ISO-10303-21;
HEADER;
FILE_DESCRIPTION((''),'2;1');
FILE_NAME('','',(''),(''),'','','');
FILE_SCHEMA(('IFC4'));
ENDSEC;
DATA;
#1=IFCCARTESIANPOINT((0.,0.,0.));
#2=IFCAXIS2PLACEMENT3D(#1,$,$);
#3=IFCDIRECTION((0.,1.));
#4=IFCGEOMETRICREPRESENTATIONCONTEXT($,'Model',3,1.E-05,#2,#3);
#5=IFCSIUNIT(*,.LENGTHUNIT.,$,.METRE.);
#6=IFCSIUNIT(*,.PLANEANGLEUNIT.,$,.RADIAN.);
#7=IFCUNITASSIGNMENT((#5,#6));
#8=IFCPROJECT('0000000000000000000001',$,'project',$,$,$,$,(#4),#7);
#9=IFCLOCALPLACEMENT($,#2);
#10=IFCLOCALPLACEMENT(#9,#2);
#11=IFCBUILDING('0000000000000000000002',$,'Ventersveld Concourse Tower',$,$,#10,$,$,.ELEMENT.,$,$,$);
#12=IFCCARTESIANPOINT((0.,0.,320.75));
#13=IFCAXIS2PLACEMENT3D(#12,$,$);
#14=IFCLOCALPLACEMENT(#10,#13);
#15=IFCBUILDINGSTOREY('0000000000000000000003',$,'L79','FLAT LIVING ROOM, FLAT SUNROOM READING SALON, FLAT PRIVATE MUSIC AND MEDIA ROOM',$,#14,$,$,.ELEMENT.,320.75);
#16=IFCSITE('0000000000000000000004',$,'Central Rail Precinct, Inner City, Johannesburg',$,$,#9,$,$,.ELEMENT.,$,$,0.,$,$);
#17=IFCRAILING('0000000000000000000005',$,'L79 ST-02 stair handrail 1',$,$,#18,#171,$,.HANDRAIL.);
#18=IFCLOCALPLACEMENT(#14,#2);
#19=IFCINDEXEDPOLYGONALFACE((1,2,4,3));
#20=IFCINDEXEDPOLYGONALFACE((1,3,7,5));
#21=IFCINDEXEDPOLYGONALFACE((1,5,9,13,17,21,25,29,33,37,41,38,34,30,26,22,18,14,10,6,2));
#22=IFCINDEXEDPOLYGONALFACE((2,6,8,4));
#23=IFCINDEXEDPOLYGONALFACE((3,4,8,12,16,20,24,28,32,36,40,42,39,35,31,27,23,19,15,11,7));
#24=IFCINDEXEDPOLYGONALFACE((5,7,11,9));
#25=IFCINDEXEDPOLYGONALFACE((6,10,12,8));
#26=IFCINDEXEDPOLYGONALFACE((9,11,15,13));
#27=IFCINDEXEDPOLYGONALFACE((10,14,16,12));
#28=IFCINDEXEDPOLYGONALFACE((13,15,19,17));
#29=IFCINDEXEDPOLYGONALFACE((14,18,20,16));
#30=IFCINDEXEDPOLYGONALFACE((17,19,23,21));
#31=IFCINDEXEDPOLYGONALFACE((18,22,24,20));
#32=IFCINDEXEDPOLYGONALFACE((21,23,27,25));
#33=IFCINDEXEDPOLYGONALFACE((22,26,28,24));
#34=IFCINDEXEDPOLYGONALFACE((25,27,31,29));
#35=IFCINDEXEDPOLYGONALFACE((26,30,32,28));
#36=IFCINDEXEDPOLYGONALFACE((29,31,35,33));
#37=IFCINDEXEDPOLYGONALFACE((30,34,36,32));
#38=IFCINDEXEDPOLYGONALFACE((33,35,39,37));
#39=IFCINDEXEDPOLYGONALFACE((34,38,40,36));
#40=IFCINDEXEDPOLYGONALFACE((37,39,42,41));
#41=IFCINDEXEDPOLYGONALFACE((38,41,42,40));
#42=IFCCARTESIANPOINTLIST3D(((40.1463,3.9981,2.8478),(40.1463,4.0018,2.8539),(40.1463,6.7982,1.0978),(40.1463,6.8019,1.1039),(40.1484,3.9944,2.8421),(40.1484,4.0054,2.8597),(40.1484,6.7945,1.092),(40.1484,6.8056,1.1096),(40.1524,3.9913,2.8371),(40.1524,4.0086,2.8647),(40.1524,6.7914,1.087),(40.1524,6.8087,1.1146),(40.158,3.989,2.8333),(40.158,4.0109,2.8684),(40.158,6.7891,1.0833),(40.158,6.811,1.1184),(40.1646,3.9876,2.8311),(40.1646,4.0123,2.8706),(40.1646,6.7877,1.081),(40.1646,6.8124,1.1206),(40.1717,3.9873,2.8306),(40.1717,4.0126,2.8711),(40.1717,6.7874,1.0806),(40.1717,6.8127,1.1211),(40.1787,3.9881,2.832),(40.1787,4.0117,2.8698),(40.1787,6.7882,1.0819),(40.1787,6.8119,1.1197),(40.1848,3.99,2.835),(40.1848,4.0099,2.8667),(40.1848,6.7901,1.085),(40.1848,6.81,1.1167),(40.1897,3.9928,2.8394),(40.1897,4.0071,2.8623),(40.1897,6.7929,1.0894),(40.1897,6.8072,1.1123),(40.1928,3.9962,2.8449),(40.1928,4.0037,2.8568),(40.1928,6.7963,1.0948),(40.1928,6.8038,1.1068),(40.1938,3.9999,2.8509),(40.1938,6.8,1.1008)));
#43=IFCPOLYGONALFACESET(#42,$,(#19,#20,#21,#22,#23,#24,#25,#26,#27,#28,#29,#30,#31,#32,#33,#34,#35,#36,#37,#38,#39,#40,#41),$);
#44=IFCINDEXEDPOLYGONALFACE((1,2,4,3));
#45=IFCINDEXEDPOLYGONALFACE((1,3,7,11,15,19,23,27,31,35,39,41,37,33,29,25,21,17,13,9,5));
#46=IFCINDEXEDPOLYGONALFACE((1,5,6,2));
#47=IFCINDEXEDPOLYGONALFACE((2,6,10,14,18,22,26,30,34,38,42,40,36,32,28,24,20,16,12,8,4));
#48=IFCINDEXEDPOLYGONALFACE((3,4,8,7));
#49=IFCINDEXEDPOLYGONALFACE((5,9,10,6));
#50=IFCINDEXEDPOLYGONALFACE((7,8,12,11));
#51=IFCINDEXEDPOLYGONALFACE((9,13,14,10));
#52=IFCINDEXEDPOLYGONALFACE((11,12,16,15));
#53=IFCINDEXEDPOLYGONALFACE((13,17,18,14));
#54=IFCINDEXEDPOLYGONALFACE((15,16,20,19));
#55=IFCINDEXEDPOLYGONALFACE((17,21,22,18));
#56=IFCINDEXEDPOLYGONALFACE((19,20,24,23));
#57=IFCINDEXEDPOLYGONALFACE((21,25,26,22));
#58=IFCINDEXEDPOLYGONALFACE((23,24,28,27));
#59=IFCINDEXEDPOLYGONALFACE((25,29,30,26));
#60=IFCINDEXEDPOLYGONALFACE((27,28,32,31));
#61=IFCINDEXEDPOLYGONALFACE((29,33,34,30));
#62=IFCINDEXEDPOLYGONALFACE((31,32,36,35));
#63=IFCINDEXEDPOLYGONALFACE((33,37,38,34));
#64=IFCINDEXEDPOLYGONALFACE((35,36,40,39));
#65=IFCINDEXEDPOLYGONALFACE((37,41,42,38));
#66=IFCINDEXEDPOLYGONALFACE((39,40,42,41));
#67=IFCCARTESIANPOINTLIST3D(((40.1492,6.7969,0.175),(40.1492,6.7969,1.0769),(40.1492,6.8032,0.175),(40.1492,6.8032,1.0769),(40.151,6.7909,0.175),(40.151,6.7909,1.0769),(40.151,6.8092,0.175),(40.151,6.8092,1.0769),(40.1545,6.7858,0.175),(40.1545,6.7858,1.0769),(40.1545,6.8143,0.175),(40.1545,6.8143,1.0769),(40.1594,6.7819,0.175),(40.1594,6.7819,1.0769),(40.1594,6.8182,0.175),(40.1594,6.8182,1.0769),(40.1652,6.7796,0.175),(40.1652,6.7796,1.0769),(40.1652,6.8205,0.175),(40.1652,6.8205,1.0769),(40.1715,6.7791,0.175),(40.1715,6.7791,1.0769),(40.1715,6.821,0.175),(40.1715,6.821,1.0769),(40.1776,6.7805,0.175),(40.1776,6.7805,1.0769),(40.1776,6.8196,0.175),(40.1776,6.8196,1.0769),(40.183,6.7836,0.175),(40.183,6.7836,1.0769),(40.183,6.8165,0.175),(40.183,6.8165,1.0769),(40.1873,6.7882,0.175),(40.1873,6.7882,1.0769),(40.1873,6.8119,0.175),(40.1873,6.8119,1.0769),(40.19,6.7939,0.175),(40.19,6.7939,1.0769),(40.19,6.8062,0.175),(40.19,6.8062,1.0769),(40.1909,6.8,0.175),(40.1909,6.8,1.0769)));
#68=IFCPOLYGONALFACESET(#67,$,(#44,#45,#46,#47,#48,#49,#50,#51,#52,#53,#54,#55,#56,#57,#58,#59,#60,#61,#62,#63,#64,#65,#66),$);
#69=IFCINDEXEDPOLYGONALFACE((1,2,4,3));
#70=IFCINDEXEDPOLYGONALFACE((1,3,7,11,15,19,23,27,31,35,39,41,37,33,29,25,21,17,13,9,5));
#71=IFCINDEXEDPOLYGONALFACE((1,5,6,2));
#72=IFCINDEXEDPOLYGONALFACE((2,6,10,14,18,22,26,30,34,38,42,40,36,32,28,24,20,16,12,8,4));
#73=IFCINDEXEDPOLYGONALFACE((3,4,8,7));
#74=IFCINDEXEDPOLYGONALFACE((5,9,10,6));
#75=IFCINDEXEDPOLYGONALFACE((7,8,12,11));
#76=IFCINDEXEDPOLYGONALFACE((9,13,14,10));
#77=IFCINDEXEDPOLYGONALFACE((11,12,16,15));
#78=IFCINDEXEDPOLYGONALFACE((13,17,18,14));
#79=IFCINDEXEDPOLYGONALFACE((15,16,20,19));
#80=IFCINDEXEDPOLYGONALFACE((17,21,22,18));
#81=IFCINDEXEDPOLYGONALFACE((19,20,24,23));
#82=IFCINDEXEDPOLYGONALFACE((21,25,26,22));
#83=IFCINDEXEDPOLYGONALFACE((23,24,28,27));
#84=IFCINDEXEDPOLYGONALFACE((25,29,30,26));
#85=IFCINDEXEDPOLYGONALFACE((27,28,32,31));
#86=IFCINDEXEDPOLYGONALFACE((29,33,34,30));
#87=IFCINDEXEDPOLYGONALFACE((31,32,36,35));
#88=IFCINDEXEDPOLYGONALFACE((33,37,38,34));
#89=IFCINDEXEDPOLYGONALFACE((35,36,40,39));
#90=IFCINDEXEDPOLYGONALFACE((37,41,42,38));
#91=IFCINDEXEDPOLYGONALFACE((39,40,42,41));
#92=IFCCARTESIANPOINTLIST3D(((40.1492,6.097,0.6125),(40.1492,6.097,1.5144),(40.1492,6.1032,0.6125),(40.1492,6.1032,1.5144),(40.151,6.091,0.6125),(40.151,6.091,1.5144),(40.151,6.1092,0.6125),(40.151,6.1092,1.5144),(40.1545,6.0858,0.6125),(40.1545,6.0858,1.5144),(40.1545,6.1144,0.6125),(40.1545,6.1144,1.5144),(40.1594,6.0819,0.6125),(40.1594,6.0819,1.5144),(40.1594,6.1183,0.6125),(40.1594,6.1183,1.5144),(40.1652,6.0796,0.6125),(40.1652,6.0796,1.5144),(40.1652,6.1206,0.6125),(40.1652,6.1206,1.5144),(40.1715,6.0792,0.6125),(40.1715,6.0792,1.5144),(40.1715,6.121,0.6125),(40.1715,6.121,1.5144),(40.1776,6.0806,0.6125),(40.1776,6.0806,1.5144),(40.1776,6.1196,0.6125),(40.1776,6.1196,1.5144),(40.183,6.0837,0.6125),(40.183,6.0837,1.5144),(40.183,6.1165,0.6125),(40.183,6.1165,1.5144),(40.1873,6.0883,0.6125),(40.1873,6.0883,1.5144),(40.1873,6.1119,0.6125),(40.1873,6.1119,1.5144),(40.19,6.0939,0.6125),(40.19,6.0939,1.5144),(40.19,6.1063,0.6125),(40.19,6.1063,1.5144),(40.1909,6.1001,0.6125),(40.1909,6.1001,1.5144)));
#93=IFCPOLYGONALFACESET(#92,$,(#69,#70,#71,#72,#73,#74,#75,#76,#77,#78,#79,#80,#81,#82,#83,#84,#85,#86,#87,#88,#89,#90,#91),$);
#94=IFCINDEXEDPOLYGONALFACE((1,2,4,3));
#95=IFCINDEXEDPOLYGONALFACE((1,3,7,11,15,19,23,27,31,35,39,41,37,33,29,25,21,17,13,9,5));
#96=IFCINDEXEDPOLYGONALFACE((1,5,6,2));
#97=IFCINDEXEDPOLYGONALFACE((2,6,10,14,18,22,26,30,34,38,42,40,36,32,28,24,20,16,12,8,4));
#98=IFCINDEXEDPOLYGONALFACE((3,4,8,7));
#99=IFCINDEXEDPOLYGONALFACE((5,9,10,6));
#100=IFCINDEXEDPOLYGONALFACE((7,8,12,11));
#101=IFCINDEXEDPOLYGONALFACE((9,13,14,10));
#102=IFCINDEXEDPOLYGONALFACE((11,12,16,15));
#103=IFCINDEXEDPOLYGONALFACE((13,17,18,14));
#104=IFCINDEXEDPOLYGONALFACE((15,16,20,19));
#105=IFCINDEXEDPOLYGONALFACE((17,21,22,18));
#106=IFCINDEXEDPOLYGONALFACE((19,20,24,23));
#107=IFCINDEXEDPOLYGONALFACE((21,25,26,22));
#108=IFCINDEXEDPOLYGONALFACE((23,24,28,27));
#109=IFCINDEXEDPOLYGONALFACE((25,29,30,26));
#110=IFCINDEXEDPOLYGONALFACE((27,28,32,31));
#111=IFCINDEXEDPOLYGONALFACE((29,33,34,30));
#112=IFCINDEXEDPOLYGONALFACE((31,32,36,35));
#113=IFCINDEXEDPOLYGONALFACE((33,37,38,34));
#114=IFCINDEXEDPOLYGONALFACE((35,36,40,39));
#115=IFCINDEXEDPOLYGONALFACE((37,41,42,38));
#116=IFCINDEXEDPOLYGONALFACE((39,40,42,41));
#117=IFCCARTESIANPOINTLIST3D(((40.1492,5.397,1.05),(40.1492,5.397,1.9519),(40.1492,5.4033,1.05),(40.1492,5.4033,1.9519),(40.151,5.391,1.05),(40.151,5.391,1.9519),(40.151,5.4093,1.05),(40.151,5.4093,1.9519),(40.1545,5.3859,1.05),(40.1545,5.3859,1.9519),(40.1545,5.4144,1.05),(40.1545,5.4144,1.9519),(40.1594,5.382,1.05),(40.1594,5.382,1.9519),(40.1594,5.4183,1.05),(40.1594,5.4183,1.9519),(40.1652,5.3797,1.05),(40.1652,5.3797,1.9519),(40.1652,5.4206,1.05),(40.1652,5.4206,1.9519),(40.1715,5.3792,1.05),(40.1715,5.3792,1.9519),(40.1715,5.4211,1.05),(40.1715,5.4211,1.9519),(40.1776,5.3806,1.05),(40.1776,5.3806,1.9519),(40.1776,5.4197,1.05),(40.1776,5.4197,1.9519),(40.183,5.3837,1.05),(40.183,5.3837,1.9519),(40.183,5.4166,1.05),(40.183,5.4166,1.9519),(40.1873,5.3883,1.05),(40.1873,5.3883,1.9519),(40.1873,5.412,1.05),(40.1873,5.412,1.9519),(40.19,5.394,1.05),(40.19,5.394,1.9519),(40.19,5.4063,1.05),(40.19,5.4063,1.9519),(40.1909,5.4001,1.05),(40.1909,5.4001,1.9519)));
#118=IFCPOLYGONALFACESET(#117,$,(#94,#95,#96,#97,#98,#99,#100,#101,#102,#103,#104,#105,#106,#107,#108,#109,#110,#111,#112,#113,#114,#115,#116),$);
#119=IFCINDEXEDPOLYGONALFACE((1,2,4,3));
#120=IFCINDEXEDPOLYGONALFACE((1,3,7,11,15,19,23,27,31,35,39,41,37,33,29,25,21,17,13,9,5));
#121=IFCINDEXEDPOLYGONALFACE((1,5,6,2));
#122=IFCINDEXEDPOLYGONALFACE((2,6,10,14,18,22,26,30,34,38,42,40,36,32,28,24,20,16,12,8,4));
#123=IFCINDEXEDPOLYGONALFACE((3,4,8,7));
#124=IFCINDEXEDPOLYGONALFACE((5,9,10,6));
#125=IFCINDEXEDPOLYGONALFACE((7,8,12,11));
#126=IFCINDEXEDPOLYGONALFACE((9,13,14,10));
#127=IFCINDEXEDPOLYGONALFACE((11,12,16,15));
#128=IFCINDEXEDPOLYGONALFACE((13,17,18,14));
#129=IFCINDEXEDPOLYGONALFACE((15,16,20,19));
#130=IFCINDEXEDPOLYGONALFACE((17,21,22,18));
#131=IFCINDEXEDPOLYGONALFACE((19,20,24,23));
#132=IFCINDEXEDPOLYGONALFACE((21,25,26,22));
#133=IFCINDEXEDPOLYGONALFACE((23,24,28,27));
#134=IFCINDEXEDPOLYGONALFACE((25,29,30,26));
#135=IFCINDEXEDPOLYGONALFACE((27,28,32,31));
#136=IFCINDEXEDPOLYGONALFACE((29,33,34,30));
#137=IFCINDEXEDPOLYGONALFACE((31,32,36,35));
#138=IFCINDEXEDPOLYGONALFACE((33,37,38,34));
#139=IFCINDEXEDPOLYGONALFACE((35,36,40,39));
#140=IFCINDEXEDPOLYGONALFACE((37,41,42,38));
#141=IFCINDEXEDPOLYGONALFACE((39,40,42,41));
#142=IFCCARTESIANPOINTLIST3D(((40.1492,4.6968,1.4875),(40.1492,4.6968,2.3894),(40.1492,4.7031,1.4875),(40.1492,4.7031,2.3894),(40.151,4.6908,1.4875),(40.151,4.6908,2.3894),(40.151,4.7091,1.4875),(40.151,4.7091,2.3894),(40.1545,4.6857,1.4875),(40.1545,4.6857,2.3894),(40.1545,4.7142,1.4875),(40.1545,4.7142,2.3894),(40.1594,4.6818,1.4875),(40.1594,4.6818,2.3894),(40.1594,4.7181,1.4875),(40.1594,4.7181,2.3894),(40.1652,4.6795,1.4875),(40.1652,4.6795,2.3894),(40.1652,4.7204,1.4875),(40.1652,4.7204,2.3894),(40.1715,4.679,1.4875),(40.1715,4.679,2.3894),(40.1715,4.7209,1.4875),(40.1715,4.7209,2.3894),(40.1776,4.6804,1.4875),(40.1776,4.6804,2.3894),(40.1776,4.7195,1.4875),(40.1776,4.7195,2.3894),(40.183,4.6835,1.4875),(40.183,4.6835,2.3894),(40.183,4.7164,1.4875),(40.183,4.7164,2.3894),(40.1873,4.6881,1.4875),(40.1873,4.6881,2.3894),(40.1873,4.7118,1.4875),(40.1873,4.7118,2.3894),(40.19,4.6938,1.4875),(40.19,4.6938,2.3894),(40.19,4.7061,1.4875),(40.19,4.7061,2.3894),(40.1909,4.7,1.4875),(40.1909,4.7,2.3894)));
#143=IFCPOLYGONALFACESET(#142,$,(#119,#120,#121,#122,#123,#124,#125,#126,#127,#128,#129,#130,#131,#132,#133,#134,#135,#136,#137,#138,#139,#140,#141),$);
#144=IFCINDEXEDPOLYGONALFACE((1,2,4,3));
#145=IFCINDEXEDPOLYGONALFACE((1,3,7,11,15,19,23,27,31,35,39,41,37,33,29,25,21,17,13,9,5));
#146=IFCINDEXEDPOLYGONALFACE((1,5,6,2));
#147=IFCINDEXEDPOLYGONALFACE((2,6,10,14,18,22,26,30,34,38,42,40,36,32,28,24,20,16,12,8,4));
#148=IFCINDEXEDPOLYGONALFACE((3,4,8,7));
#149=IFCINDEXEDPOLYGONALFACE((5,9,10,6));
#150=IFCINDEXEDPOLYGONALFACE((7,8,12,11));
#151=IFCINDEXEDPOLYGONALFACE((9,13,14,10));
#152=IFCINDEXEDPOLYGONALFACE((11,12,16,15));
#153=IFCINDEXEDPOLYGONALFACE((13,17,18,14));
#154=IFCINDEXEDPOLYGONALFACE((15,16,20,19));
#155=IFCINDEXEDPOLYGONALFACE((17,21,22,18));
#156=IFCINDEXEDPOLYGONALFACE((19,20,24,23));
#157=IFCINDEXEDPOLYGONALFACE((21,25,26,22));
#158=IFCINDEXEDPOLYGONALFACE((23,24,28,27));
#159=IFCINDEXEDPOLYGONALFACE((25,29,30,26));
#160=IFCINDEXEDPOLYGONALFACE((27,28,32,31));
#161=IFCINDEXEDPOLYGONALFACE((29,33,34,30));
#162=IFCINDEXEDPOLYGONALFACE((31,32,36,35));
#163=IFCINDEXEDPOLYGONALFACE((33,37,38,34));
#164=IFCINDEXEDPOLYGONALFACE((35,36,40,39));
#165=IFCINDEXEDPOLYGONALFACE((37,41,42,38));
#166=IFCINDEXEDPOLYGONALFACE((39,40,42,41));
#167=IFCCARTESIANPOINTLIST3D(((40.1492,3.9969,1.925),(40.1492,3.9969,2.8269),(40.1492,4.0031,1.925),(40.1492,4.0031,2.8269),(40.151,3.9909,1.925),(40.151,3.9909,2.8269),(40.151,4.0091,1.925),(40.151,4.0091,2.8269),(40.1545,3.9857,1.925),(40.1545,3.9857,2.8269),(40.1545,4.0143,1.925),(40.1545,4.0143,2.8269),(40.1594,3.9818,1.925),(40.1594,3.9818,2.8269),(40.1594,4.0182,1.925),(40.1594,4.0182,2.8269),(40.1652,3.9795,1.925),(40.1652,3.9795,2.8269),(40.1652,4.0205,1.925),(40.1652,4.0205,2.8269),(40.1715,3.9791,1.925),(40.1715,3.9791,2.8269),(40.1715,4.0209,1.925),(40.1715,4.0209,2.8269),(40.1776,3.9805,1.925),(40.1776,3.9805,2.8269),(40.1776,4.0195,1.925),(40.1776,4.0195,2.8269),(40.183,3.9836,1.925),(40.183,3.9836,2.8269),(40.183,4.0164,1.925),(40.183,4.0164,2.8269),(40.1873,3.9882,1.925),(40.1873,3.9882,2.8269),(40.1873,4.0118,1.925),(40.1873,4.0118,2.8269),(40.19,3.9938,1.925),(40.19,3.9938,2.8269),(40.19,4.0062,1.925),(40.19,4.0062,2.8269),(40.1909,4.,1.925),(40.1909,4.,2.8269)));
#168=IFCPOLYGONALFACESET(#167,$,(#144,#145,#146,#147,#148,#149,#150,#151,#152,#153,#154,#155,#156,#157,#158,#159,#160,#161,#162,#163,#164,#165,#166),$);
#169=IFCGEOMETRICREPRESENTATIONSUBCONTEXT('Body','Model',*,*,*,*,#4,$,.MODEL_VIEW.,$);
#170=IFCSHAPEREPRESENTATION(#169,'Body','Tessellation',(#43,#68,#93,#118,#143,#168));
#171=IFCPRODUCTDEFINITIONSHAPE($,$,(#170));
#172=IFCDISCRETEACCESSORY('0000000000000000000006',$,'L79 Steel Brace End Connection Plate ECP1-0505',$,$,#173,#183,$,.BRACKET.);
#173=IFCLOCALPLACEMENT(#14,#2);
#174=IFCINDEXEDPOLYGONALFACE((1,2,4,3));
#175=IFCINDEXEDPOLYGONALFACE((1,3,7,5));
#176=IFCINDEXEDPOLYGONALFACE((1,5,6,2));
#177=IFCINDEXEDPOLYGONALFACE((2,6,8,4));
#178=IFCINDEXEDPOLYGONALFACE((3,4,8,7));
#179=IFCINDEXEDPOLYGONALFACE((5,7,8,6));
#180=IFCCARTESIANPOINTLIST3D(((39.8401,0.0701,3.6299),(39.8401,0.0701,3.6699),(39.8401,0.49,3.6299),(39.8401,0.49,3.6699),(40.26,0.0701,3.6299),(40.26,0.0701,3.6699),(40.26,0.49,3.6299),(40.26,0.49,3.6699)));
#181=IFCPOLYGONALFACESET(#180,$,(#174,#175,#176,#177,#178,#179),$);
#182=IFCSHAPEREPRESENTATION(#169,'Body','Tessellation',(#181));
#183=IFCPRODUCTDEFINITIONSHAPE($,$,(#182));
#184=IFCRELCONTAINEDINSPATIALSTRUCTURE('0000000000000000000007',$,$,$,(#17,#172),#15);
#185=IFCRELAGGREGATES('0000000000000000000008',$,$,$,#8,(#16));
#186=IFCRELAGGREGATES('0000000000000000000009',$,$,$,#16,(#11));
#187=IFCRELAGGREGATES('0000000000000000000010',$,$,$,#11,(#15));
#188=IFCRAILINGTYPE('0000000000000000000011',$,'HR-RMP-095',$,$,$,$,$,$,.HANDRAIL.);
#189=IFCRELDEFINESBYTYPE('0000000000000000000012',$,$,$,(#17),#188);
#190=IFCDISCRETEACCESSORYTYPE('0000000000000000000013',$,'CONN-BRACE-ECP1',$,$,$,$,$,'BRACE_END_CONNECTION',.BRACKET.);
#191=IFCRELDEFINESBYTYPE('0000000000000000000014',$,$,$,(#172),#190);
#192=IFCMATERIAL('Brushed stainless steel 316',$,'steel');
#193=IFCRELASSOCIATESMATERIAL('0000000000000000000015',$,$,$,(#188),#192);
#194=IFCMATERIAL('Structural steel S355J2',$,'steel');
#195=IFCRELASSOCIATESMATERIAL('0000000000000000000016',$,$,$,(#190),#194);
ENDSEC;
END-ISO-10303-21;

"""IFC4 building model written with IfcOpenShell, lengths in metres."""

from ifc_helpers import new_model, si_unit, direction, frame, origin, origin_2d, place, context, subcontext, project, spatial, rectangle, circle, extrude, material, type_object, element, save


model = new_model("IFC4")

# Units and contexts
model_context = context("Model", 3, precision=1e-05, world=origin(), true_north=direction((0.0, 1.0)))
body_context = subcontext(model_context, "Body", "Model", "MODEL_VIEW")
ifc_project = project(units=[si_unit("LENGTHUNIT", "METRE"), si_unit("PLANEANGLEUNIT", "RADIAN")], contexts=[model_context])

# Site, building, storey
site_placement = place(None, origin())
site = spatial("IfcSite", under=ifc_project, at=site_placement, Name="Central Rail Precinct, Inner City, Johannesburg", CompositionType="ELEMENT", RefElevation=0.0)
building_placement = place(site_placement, origin())
building = spatial("IfcBuilding", under=site, at=building_placement, Name="Ventersveld Concourse Tower", CompositionType="ELEMENT")
storey_placement = place(building_placement, frame((0.0, 0.0, 320.75)))
storey = spatial("IfcBuildingStorey", under=building, at=storey_placement, Name="L79", Description="FLAT LIVING ROOM, FLAT SUNROOM READING SALON, FLAT PRIVATE MUSIC AND MEDIA ROOM", CompositionType="ELEMENT", Elevation=320.75)

# Shared definitions
ifc_material_1 = material(Name="Brushed stainless steel 316", Category="steel")

# Railing
railing_type_1 = type_object("IfcRailingType", Name="HR-RMP-095", PredefinedType="HANDRAIL", material=ifc_material_1)
railing_1_placement = place(storey_placement, frame((40.1699, 6.8, 0.175)))
element("IfcRailing", 1, at=railing_1_placement, inside=storey, type_object=railing_type_1, Name="L79 ST-02 stair handrail 1", PredefinedType="HANDRAIL", context=body_context, shape_type="SweptSolid", body=[
    extrude(circle(Radius=0.0239, at=origin_2d()), frame((0.0, 0.0, 0.9258), z_axis=(0.0, -0.848002, 0.529992), x_axis=(1.0, 0.0, 0.0)), (0.0, 0.0, 1.0), 3.302),
    extrude(circle(Radius=0.021, at=origin_2d()), origin(), (0.0, 0.0, 1.0), 0.9019),
    extrude(circle(Radius=0.021, at=origin_2d()), frame((0.0, -0.7, 0.4375)), (0.0, 0.0, 1.0), 0.9019),
    extrude(circle(Radius=0.021, at=origin_2d()), frame((0.0, -1.3999, 0.875)), (0.0, 0.0, 1.0), 0.9019),
    extrude(circle(Radius=0.021, at=origin_2d()), frame((0.0, -2.1001, 1.3125)), (0.0, 0.0, 1.0), 0.9019),
    extrude(circle(Radius=0.021, at=origin_2d()), frame((0.0, -2.8, 1.75)), (0.0, 0.0, 1.0), 0.9019),
])

# Discrete accessory
ifc_material_2 = material(Name="Structural steel S355J2", Category="steel")
discrete_accessory_type = type_object("IfcDiscreteAccessoryType", Name="CONN-BRACE-ECP1", ElementType="BRACE_END_CONNECTION", PredefinedType="BRACKET", material=ifc_material_2)
discrete_accessory_placement = place(storey_placement, frame((40.05, 0.28, 3.6299), z_axis=(0.0, 0.0, 1.0), x_axis=(1.0, 0.0, 0.0)))
element("IfcDiscreteAccessory", 2, at=discrete_accessory_placement, inside=storey, type_object=discrete_accessory_type, Name="L79 Steel Brace End Connection Plate ECP1-0505", PredefinedType="BRACKET", context=body_context, shape_type="SweptSolid", body=[
    extrude(rectangle(XDim=0.4199, YDim=0.4199, at=origin_2d()), origin(), (0.0, 0.0, 1.0), 0.04),
])

save(model, "model.ifc")
